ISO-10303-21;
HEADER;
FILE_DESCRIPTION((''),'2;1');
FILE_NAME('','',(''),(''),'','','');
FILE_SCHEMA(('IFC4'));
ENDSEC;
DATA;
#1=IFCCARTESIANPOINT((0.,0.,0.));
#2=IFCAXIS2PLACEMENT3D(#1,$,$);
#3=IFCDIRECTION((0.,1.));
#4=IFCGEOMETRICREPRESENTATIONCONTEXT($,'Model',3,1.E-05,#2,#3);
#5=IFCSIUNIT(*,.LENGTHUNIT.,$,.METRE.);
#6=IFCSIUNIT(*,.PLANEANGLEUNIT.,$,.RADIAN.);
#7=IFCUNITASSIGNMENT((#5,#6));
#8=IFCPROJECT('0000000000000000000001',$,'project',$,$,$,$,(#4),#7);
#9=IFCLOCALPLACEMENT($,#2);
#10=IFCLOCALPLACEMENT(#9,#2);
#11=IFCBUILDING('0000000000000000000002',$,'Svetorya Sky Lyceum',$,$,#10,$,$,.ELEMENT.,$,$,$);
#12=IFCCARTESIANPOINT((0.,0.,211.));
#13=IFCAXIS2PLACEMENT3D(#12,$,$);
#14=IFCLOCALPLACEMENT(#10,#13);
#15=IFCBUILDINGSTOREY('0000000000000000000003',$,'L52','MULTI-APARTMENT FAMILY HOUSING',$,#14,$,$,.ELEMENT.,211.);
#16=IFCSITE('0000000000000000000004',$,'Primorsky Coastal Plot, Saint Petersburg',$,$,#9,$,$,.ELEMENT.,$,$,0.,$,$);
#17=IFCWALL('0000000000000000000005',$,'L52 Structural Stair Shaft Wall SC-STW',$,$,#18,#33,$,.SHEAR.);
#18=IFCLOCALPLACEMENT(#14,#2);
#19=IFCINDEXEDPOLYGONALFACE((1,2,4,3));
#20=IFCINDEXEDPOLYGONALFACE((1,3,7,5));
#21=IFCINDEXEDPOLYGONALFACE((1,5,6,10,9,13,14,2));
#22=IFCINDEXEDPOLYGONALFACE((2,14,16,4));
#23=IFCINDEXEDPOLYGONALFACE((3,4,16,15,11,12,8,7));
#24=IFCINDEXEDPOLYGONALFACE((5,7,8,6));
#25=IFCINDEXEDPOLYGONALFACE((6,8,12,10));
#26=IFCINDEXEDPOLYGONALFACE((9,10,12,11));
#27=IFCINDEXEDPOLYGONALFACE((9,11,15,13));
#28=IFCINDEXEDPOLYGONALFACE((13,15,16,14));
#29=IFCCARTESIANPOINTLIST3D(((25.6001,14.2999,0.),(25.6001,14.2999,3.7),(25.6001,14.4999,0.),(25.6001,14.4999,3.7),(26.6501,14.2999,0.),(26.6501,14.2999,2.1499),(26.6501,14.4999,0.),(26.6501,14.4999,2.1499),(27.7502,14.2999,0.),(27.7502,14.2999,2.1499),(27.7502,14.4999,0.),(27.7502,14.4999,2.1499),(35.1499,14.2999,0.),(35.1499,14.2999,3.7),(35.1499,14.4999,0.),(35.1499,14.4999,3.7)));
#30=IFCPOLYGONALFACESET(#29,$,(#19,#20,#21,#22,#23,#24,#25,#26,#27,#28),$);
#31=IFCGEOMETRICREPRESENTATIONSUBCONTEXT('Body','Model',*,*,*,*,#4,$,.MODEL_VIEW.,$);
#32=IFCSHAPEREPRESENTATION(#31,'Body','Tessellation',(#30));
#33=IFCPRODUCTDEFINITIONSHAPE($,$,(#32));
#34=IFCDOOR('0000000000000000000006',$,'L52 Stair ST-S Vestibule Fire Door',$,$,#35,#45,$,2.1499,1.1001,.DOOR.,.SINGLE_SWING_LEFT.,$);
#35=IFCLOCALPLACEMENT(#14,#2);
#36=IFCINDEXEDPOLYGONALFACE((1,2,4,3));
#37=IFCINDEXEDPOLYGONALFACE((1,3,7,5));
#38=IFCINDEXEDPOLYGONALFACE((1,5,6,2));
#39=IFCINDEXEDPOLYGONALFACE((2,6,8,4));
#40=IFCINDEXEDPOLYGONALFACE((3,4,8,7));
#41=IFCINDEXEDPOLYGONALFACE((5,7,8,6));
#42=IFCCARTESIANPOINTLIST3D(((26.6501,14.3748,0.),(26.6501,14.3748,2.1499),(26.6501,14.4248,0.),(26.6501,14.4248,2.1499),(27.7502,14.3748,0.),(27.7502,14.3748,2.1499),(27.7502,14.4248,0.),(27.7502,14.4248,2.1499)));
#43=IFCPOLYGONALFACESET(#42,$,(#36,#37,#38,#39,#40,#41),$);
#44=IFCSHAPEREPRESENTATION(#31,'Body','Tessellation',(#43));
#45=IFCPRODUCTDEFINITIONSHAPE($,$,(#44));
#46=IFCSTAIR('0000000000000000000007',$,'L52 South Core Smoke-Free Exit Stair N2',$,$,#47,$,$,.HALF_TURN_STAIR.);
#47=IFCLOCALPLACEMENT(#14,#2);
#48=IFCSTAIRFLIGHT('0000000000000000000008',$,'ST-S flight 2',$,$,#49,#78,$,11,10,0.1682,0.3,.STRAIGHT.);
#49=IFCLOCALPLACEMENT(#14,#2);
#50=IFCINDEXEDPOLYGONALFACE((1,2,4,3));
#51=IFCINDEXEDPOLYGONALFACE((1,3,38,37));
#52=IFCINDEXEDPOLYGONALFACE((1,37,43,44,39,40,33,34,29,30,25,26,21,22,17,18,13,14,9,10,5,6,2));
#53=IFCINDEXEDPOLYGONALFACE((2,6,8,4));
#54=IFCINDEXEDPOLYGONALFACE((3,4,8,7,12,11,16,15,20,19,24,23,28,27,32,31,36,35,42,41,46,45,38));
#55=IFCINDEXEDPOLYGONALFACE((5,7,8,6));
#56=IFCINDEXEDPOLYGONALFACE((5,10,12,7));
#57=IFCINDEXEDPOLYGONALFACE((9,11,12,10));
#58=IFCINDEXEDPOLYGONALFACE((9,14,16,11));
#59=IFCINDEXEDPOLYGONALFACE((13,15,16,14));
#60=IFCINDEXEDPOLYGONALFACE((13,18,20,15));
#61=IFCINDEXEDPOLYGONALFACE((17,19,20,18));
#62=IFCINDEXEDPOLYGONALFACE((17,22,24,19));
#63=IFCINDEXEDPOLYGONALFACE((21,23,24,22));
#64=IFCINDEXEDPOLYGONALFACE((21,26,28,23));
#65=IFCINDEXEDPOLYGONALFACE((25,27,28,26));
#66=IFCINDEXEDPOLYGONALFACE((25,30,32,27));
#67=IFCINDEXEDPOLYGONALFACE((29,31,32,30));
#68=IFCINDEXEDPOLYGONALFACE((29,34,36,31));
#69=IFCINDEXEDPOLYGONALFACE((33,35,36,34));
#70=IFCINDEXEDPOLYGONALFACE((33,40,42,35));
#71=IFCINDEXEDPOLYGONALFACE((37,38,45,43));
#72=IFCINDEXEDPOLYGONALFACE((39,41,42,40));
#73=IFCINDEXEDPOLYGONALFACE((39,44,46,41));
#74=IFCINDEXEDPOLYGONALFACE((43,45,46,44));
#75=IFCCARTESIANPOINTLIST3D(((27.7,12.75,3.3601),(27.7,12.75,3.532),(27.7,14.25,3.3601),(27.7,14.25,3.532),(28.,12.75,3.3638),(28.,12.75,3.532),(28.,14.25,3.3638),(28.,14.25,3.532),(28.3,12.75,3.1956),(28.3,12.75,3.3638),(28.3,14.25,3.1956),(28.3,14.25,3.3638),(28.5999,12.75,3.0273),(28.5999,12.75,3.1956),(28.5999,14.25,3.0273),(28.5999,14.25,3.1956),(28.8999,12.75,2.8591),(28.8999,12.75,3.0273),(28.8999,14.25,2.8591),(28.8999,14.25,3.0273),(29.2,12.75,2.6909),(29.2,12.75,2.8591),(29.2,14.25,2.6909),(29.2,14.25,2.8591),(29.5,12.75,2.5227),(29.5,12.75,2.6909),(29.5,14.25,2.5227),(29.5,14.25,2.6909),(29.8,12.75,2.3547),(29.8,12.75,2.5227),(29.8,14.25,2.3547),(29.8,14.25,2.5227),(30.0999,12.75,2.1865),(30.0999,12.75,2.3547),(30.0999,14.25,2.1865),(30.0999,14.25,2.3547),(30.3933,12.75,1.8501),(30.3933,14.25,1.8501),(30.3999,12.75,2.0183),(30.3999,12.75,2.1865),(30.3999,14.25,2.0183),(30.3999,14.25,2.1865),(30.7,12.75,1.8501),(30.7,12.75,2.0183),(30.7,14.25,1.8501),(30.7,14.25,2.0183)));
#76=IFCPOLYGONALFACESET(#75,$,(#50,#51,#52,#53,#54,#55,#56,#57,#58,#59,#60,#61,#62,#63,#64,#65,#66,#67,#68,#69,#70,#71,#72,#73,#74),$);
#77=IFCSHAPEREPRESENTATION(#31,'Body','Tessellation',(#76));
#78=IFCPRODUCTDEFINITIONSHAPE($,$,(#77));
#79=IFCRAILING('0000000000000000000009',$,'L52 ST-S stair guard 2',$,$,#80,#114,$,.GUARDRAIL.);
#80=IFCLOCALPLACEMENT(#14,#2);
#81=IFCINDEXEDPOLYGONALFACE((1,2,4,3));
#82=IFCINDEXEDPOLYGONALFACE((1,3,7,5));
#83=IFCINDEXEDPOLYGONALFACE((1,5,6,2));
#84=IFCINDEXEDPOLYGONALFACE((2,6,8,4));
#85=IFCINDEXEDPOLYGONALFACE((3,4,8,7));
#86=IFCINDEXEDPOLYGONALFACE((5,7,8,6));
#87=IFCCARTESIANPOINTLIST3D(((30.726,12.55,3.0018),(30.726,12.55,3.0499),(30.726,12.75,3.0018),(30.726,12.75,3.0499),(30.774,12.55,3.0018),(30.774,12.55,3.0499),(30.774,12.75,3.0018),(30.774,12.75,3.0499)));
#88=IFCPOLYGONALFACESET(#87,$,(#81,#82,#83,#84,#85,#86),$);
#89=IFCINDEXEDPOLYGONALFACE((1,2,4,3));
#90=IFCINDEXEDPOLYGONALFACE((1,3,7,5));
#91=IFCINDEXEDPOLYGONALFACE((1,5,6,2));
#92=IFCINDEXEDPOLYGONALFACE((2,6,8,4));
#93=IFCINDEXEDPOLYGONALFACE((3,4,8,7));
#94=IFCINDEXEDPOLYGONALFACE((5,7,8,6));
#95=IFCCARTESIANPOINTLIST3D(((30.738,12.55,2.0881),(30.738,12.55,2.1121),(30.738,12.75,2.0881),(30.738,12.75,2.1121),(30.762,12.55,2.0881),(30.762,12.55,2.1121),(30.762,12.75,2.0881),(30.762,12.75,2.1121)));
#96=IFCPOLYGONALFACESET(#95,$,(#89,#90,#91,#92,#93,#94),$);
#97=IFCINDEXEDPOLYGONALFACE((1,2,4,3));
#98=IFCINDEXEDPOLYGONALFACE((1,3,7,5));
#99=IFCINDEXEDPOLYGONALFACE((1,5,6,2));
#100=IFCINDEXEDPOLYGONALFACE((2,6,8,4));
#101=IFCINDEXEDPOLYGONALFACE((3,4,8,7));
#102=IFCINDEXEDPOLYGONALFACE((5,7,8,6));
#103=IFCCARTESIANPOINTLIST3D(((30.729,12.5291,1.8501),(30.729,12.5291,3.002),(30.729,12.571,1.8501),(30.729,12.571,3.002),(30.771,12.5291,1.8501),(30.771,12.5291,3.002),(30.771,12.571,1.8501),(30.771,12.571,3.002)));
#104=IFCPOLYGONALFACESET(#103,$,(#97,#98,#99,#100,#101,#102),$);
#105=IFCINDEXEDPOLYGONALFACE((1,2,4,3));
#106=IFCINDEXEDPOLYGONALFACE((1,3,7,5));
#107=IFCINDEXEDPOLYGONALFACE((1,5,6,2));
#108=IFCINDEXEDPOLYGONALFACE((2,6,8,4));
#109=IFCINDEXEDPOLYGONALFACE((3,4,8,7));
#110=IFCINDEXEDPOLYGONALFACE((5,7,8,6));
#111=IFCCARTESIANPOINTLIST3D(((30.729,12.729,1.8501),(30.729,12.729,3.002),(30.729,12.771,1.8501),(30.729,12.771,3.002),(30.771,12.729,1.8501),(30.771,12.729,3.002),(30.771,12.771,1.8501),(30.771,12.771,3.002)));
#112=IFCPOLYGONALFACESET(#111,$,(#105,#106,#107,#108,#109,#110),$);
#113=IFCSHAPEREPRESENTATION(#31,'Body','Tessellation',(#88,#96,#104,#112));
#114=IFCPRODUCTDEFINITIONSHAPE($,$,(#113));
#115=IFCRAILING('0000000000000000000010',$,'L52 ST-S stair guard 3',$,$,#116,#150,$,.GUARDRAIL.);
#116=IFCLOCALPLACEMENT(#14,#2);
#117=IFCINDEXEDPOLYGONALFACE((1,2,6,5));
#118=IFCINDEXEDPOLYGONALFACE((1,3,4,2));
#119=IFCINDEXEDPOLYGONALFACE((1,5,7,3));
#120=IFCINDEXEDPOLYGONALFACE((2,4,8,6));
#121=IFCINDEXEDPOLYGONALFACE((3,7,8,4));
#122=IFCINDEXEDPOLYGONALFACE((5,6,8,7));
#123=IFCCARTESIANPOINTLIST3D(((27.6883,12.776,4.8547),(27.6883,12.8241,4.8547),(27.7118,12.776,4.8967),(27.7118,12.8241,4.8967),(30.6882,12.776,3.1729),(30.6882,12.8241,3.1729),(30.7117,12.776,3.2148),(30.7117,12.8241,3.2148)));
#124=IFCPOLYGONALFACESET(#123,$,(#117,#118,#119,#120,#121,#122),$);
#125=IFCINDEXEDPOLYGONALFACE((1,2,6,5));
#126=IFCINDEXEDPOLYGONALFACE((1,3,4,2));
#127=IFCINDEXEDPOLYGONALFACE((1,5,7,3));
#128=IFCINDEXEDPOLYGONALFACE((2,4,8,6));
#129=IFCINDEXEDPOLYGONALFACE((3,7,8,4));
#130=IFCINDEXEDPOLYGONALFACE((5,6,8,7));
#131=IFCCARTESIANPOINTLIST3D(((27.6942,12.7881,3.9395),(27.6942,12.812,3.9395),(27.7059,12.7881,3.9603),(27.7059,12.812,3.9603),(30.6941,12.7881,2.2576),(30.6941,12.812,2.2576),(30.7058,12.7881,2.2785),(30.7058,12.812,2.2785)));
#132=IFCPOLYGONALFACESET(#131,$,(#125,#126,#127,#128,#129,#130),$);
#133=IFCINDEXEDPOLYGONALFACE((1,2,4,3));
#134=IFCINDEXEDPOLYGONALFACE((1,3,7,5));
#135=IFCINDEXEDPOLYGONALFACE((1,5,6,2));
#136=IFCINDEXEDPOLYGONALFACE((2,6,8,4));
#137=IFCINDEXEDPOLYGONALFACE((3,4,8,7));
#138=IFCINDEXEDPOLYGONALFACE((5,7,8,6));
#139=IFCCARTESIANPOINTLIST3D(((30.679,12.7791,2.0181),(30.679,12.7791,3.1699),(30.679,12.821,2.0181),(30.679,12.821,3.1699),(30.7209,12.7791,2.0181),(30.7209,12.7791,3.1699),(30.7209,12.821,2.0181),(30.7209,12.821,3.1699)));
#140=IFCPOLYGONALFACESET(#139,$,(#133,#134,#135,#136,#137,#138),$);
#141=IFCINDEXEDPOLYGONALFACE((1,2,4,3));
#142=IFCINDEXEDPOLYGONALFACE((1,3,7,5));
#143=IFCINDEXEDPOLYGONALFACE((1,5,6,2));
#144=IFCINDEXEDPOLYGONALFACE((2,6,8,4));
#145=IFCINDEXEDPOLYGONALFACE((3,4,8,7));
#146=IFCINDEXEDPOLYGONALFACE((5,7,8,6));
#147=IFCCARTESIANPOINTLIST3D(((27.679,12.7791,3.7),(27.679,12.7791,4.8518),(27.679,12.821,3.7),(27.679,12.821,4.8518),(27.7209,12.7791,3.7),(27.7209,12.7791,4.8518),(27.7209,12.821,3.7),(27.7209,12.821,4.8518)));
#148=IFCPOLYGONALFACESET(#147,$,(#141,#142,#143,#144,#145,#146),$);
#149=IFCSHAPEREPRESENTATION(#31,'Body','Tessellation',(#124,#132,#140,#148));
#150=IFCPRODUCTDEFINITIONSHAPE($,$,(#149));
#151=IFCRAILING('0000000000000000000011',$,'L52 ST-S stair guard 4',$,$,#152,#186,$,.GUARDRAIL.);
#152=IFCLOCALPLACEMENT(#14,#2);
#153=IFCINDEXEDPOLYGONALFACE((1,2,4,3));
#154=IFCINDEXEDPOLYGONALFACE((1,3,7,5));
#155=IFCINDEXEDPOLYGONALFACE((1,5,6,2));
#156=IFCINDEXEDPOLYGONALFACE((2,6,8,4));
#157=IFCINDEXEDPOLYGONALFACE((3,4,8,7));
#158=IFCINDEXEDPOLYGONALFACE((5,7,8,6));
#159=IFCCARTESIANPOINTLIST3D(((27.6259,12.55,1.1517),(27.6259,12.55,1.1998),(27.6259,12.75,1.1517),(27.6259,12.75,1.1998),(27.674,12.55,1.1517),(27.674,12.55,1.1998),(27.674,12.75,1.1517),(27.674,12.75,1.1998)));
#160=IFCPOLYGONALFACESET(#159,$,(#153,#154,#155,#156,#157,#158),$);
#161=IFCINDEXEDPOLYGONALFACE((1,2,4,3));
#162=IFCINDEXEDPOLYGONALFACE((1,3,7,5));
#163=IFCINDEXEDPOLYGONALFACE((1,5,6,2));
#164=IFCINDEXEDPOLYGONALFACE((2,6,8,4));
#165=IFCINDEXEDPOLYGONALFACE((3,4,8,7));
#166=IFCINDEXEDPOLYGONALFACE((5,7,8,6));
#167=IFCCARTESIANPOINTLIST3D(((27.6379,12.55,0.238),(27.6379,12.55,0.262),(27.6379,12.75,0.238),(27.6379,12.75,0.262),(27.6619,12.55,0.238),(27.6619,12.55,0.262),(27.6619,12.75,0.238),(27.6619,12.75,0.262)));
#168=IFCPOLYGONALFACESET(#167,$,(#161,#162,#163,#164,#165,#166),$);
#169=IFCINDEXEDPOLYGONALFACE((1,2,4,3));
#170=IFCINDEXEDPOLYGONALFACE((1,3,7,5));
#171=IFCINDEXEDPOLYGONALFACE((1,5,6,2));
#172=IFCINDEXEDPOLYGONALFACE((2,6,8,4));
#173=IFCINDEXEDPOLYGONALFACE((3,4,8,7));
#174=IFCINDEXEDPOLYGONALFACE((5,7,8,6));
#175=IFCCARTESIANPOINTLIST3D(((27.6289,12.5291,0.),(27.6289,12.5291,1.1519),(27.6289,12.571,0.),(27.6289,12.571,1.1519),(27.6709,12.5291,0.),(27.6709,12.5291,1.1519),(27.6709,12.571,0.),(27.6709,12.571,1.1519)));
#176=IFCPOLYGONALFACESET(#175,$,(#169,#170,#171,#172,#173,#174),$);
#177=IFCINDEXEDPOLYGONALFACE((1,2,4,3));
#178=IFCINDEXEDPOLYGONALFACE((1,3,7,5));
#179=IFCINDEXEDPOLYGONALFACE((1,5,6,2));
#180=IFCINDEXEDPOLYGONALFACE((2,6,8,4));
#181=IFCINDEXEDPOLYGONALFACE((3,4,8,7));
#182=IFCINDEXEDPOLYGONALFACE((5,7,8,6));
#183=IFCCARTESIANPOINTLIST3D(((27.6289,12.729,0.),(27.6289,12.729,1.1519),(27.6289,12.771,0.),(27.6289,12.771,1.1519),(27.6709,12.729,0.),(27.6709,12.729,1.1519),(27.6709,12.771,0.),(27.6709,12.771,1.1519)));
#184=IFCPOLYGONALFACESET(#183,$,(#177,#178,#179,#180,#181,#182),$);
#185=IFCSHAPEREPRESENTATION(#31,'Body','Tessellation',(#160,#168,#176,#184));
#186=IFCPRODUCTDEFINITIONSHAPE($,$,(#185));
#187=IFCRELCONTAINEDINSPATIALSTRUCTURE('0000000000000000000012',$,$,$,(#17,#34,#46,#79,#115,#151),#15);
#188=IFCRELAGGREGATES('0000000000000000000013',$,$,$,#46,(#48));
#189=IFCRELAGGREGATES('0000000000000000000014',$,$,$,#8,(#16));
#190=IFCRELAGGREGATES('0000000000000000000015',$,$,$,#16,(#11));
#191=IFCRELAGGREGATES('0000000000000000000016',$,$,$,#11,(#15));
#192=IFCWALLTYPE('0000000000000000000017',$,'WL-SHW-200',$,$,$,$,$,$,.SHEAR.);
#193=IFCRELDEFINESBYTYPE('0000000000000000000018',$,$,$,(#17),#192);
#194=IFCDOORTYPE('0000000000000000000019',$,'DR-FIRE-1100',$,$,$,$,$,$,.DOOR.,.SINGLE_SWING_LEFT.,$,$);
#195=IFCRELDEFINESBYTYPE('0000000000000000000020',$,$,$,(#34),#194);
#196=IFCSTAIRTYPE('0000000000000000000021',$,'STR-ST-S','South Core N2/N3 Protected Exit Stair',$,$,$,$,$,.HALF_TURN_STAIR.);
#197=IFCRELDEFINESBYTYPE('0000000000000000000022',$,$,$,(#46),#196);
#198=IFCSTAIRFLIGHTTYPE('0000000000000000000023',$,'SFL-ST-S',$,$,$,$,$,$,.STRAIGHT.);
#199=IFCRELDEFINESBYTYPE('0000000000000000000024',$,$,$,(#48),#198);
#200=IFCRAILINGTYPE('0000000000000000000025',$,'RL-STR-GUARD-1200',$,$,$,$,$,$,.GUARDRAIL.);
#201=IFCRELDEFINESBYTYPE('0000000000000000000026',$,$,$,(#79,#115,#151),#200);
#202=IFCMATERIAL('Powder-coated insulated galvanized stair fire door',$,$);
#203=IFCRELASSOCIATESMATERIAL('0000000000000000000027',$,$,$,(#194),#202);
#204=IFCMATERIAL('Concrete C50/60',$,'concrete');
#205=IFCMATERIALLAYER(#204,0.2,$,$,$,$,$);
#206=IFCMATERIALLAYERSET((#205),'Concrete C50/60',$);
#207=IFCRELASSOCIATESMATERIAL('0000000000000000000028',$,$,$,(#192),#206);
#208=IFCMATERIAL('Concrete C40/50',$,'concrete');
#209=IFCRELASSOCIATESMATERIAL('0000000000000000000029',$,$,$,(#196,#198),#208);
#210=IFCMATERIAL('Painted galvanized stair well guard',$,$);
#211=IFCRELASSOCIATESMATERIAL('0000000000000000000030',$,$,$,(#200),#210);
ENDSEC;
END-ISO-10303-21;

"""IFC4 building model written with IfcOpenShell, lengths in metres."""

from ifc_helpers import new_model, si_unit, direction, frame, frame_2d, origin, origin_2d, place, context, subcontext, project, spatial, polyline, rectangle, outline, extrude, material, layer, layer_set, type_object, element, fill, aggregate, save


model = new_model("IFC4")

# Units and contexts
model_context = context("Model", 3, precision=1e-05, world=origin(), true_north=direction((0.0, 1.0)))
body_context = subcontext(model_context, "Body", "Model", "MODEL_VIEW")
ifc_project = project(units=[si_unit("LENGTHUNIT", "METRE"), si_unit("PLANEANGLEUNIT", "RADIAN")], contexts=[model_context])

# Site, building, storey
site_placement = place(None, origin())
site = spatial("IfcSite", under=ifc_project, at=site_placement, Name="Primorsky Coastal Plot, Saint Petersburg", CompositionType="ELEMENT", RefElevation=0.0)
building_placement = place(site_placement, origin())
building = spatial("IfcBuilding", under=site, at=building_placement, Name="Svetorya Sky Lyceum", CompositionType="ELEMENT")
storey_placement = place(building_placement, frame((0.0, 0.0, 211.0)))
storey = spatial("IfcBuildingStorey", under=building, at=storey_placement, Name="L52", Description="MULTI-APARTMENT FAMILY HOUSING", CompositionType="ELEMENT", Elevation=211.0)

# Shared definitions
ifc_material_1 = material(Name="Concrete C50/60", Category="concrete")

# Shared definitions
ifc_material_2 = material(Name="Powder-coated insulated galvanized stair fire door")
door_type_1 = type_object("IfcDoorType", Name="DR-FIRE-1100", OperationType="SINGLE_SWING_LEFT", PredefinedType="DOOR", material=ifc_material_2)

# Wall, opening, door
ifc_layer_1 = layer(ifc_material_1, 0.2)
ifc_layer_set_1 = layer_set([ifc_layer_1], Name="Concrete C50/60")
wall_type_1 = type_object("IfcWallType", Name="WL-SHW-200", PredefinedType="SHEAR", material=ifc_layer_set_1)
wall_1_placement = place(storey_placement, frame((25.6001, 14.3999, 0.0), z_axis=(0.0, 0.0, 1.0), x_axis=(1.0, 0.0, 0.0)))
wall_1 = element("IfcWall", 1, at=wall_1_placement, inside=storey, type_object=wall_type_1, Name="L52 Structural Stair Shaft Wall SC-STW", PredefinedType="SHEAR", context=body_context, shape_type="SweptSolid", body=[
    extrude(rectangle(XDim=9.5498, YDim=0.2, at=frame_2d((4.7749, 0.0))), origin(), (0.0, 0.0, 1.0), 3.7),
])
opening_1_placement = place(wall_1_placement, frame((1.05, 0.0, 0.0)))
opening_1 = element("IfcOpeningElement", 2, at=opening_1_placement, cuts=wall_1, PredefinedType="OPENING", context=body_context, shape_type="SweptSolid", body=[
    extrude(rectangle(XDim=1.1001, YDim=2.1499, at=frame_2d((0.55, 1.075))), frame((0.0, 0.1099, 0.0), z_axis=(0.0, -1.0, 0.0), x_axis=(1.0, 0.0, 0.0)), (0.0, 0.0, 1.0), 0.22),
])
door_1_placement = place(opening_1_placement, origin())
door_1 = element("IfcDoor", 3, at=door_1_placement, inside=storey, type_object=door_type_1, Name="L52 Stair ST-S Vestibule Fire Door", OperationType="SINGLE_SWING_LEFT", OverallHeight=2.1499, OverallWidth=1.1001, PredefinedType="DOOR", context=body_context, shape_type="SweptSolid", body=[
    extrude(rectangle(XDim=1.1001, YDim=2.1499, at=frame_2d((0.55, 1.075))), frame((0.0, 0.0249, 0.0), z_axis=(0.0, -1.0, 0.0), x_axis=(1.0, 0.0, 0.0)), (0.0, 0.0, 1.0), 0.05),
])
fill(opening_1, door_1)

# Stair, stair flight
ifc_material_3 = material(Name="Concrete C40/50", Category="concrete")
stair_type = type_object("IfcStairType", Name="STR-ST-S", Description="South Core N2/N3 Protected Exit Stair", PredefinedType="HALF_TURN_STAIR", material=ifc_material_3)
stair_placement = place(storey_placement, origin())
stair = element("IfcStair", 4, at=stair_placement, inside=storey, type_object=stair_type, Name="L52 South Core Smoke-Free Exit Stair N2", PredefinedType="HALF_TURN_STAIR")
stair_flight_type = type_object("IfcStairFlightType", Name="SFL-ST-S", PredefinedType="STRAIGHT", material=ifc_material_3)
stair_flight_placement = place(storey_placement, frame((30.7, 13.5, 1.8501), z_axis=(0.0, 0.0, 1.0), x_axis=(-1.0, 0.0, 0.0)))
stair_flight = element("IfcStairFlight", 5, at=stair_flight_placement, type_object=stair_flight_type, Name="ST-S flight 2", NumberOfRisers=11, NumberOfTreads=10, PredefinedType="STRAIGHT", RiserHeight=0.1682, TreadLength=0.3, context=body_context, shape_type="SweptSolid", body=[
    extrude(outline(polyline([(0.0, 0.0), (0.0, 0.1682), (0.3, 0.1682), (0.3, 0.3364), (0.6001, 0.3364), (0.6001, 0.5046), (0.8999, 0.5046), (0.8999, 0.6726), (1.2, 0.6726), (1.2, 0.8408), (1.5, 0.8408), (1.5, 1.009), (1.8, 1.009), (1.8, 1.1772), (2.1001, 1.1772), (2.1001, 1.3455), (2.3999, 1.3455), (2.3999, 1.5137), (2.7, 1.5137), (2.7, 1.6819), (3.0, 1.6819), (3.0, 1.8501), (3.0, 1.51), (0.3066, 0.0), (0.0, 0.0)])), frame((0.0, 0.75, 0.0), z_axis=(0.0, -1.0, 0.0), x_axis=(1.0, 0.0, 0.0)), (0.0, 0.0, 1.0), 1.5),
])
aggregate(stair, [stair_flight])

# Railings
ifc_material_4 = material(Name="Painted galvanized stair well guard")
railing_type_1 = type_object("IfcRailingType", Name="RL-STR-GUARD-1200", PredefinedType="GUARDRAIL", material=ifc_material_4)
railing_1_placement = place(storey_placement, frame((30.75, 12.55, 1.8501)))
element("IfcRailing", 6, at=railing_1_placement, inside=storey, type_object=railing_type_1, Name="L52 ST-S stair guard 2", PredefinedType="GUARDRAIL", context=body_context, shape_type="SweptSolid", body=[
    extrude(rectangle(XDim=0.0481, YDim=0.0481, at=origin_2d()), frame((0.0, 0.0, 1.1758), z_axis=(0.0, 1.0, 0.0), x_axis=(-1.0, 0.0, 0.0)), (0.0, 0.0, 1.0), 0.2),
    extrude(rectangle(XDim=0.0239, YDim=0.0239, at=origin_2d()), frame((0.0, 0.0, 0.25), z_axis=(0.0, 1.0, 0.0), x_axis=(-1.0, 0.0, 0.0)), (0.0, 0.0, 1.0), 0.2),
    extrude(rectangle(XDim=0.042, YDim=0.042, at=origin_2d()), origin(), (0.0, 0.0, 1.0), 1.1519),
    extrude(rectangle(XDim=0.042, YDim=0.042, at=origin_2d()), frame((0.0, 0.2, 0.0)), (0.0, 0.0, 1.0), 1.1519),
])
railing_2_placement = place(storey_placement, frame((30.7, 12.8, 2.0181)))
element("IfcRailing", 7, at=railing_2_placement, inside=storey, type_object=railing_type_1, Name="L52 ST-S stair guard 3", PredefinedType="GUARDRAIL", context=body_context, shape_type="SweptSolid", body=[
    extrude(rectangle(XDim=0.0481, YDim=0.0481, at=origin_2d()), frame((0.0, 0.0, 1.1758), z_axis=(-0.872272, 0.0, 0.48902), x_axis=(0.0, -1.0, 0.0)), (0.0, 0.0, 1.0), 3.4392),
    extrude(rectangle(XDim=0.0239, YDim=0.0239, at=origin_2d()), frame((0.0, 0.0, 0.25), z_axis=(-0.872272, 0.0, 0.48902), x_axis=(0.0, -1.0, 0.0)), (0.0, 0.0, 1.0), 3.4392),
    extrude(rectangle(XDim=0.042, YDim=0.042, at=origin_2d()), origin(), (0.0, 0.0, 1.0), 1.1519),
    extrude(rectangle(XDim=0.042, YDim=0.042, at=origin_2d()), frame((-3.0, 0.0, 1.6819)), (0.0, 0.0, 1.0), 1.1519),
])
railing_3_placement = place(storey_placement, frame((27.6499, 12.55, 0.0)))
element("IfcRailing", 8, at=railing_3_placement, inside=storey, type_object=railing_type_1, Name="L52 ST-S stair guard 4", PredefinedType="GUARDRAIL", context=body_context, shape_type="SweptSolid", body=[
    extrude(rectangle(XDim=0.0481, YDim=0.0481, at=origin_2d()), frame((0.0, 0.0, 1.1758), z_axis=(0.0, 1.0, 0.0), x_axis=(-1.0, 0.0, 0.0)), (0.0, 0.0, 1.0), 0.2),
    extrude(rectangle(XDim=0.0239, YDim=0.0239, at=origin_2d()), frame((0.0, 0.0, 0.25), z_axis=(0.0, 1.0, 0.0), x_axis=(-1.0, 0.0, 0.0)), (0.0, 0.0, 1.0), 0.2),
    extrude(rectangle(XDim=0.042, YDim=0.042, at=origin_2d()), origin(), (0.0, 0.0, 1.0), 1.1519),
    extrude(rectangle(XDim=0.042, YDim=0.042, at=origin_2d()), frame((0.0, 0.2, 0.0)), (0.0, 0.0, 1.0), 1.1519),
])

save(model, "model.ifc")
